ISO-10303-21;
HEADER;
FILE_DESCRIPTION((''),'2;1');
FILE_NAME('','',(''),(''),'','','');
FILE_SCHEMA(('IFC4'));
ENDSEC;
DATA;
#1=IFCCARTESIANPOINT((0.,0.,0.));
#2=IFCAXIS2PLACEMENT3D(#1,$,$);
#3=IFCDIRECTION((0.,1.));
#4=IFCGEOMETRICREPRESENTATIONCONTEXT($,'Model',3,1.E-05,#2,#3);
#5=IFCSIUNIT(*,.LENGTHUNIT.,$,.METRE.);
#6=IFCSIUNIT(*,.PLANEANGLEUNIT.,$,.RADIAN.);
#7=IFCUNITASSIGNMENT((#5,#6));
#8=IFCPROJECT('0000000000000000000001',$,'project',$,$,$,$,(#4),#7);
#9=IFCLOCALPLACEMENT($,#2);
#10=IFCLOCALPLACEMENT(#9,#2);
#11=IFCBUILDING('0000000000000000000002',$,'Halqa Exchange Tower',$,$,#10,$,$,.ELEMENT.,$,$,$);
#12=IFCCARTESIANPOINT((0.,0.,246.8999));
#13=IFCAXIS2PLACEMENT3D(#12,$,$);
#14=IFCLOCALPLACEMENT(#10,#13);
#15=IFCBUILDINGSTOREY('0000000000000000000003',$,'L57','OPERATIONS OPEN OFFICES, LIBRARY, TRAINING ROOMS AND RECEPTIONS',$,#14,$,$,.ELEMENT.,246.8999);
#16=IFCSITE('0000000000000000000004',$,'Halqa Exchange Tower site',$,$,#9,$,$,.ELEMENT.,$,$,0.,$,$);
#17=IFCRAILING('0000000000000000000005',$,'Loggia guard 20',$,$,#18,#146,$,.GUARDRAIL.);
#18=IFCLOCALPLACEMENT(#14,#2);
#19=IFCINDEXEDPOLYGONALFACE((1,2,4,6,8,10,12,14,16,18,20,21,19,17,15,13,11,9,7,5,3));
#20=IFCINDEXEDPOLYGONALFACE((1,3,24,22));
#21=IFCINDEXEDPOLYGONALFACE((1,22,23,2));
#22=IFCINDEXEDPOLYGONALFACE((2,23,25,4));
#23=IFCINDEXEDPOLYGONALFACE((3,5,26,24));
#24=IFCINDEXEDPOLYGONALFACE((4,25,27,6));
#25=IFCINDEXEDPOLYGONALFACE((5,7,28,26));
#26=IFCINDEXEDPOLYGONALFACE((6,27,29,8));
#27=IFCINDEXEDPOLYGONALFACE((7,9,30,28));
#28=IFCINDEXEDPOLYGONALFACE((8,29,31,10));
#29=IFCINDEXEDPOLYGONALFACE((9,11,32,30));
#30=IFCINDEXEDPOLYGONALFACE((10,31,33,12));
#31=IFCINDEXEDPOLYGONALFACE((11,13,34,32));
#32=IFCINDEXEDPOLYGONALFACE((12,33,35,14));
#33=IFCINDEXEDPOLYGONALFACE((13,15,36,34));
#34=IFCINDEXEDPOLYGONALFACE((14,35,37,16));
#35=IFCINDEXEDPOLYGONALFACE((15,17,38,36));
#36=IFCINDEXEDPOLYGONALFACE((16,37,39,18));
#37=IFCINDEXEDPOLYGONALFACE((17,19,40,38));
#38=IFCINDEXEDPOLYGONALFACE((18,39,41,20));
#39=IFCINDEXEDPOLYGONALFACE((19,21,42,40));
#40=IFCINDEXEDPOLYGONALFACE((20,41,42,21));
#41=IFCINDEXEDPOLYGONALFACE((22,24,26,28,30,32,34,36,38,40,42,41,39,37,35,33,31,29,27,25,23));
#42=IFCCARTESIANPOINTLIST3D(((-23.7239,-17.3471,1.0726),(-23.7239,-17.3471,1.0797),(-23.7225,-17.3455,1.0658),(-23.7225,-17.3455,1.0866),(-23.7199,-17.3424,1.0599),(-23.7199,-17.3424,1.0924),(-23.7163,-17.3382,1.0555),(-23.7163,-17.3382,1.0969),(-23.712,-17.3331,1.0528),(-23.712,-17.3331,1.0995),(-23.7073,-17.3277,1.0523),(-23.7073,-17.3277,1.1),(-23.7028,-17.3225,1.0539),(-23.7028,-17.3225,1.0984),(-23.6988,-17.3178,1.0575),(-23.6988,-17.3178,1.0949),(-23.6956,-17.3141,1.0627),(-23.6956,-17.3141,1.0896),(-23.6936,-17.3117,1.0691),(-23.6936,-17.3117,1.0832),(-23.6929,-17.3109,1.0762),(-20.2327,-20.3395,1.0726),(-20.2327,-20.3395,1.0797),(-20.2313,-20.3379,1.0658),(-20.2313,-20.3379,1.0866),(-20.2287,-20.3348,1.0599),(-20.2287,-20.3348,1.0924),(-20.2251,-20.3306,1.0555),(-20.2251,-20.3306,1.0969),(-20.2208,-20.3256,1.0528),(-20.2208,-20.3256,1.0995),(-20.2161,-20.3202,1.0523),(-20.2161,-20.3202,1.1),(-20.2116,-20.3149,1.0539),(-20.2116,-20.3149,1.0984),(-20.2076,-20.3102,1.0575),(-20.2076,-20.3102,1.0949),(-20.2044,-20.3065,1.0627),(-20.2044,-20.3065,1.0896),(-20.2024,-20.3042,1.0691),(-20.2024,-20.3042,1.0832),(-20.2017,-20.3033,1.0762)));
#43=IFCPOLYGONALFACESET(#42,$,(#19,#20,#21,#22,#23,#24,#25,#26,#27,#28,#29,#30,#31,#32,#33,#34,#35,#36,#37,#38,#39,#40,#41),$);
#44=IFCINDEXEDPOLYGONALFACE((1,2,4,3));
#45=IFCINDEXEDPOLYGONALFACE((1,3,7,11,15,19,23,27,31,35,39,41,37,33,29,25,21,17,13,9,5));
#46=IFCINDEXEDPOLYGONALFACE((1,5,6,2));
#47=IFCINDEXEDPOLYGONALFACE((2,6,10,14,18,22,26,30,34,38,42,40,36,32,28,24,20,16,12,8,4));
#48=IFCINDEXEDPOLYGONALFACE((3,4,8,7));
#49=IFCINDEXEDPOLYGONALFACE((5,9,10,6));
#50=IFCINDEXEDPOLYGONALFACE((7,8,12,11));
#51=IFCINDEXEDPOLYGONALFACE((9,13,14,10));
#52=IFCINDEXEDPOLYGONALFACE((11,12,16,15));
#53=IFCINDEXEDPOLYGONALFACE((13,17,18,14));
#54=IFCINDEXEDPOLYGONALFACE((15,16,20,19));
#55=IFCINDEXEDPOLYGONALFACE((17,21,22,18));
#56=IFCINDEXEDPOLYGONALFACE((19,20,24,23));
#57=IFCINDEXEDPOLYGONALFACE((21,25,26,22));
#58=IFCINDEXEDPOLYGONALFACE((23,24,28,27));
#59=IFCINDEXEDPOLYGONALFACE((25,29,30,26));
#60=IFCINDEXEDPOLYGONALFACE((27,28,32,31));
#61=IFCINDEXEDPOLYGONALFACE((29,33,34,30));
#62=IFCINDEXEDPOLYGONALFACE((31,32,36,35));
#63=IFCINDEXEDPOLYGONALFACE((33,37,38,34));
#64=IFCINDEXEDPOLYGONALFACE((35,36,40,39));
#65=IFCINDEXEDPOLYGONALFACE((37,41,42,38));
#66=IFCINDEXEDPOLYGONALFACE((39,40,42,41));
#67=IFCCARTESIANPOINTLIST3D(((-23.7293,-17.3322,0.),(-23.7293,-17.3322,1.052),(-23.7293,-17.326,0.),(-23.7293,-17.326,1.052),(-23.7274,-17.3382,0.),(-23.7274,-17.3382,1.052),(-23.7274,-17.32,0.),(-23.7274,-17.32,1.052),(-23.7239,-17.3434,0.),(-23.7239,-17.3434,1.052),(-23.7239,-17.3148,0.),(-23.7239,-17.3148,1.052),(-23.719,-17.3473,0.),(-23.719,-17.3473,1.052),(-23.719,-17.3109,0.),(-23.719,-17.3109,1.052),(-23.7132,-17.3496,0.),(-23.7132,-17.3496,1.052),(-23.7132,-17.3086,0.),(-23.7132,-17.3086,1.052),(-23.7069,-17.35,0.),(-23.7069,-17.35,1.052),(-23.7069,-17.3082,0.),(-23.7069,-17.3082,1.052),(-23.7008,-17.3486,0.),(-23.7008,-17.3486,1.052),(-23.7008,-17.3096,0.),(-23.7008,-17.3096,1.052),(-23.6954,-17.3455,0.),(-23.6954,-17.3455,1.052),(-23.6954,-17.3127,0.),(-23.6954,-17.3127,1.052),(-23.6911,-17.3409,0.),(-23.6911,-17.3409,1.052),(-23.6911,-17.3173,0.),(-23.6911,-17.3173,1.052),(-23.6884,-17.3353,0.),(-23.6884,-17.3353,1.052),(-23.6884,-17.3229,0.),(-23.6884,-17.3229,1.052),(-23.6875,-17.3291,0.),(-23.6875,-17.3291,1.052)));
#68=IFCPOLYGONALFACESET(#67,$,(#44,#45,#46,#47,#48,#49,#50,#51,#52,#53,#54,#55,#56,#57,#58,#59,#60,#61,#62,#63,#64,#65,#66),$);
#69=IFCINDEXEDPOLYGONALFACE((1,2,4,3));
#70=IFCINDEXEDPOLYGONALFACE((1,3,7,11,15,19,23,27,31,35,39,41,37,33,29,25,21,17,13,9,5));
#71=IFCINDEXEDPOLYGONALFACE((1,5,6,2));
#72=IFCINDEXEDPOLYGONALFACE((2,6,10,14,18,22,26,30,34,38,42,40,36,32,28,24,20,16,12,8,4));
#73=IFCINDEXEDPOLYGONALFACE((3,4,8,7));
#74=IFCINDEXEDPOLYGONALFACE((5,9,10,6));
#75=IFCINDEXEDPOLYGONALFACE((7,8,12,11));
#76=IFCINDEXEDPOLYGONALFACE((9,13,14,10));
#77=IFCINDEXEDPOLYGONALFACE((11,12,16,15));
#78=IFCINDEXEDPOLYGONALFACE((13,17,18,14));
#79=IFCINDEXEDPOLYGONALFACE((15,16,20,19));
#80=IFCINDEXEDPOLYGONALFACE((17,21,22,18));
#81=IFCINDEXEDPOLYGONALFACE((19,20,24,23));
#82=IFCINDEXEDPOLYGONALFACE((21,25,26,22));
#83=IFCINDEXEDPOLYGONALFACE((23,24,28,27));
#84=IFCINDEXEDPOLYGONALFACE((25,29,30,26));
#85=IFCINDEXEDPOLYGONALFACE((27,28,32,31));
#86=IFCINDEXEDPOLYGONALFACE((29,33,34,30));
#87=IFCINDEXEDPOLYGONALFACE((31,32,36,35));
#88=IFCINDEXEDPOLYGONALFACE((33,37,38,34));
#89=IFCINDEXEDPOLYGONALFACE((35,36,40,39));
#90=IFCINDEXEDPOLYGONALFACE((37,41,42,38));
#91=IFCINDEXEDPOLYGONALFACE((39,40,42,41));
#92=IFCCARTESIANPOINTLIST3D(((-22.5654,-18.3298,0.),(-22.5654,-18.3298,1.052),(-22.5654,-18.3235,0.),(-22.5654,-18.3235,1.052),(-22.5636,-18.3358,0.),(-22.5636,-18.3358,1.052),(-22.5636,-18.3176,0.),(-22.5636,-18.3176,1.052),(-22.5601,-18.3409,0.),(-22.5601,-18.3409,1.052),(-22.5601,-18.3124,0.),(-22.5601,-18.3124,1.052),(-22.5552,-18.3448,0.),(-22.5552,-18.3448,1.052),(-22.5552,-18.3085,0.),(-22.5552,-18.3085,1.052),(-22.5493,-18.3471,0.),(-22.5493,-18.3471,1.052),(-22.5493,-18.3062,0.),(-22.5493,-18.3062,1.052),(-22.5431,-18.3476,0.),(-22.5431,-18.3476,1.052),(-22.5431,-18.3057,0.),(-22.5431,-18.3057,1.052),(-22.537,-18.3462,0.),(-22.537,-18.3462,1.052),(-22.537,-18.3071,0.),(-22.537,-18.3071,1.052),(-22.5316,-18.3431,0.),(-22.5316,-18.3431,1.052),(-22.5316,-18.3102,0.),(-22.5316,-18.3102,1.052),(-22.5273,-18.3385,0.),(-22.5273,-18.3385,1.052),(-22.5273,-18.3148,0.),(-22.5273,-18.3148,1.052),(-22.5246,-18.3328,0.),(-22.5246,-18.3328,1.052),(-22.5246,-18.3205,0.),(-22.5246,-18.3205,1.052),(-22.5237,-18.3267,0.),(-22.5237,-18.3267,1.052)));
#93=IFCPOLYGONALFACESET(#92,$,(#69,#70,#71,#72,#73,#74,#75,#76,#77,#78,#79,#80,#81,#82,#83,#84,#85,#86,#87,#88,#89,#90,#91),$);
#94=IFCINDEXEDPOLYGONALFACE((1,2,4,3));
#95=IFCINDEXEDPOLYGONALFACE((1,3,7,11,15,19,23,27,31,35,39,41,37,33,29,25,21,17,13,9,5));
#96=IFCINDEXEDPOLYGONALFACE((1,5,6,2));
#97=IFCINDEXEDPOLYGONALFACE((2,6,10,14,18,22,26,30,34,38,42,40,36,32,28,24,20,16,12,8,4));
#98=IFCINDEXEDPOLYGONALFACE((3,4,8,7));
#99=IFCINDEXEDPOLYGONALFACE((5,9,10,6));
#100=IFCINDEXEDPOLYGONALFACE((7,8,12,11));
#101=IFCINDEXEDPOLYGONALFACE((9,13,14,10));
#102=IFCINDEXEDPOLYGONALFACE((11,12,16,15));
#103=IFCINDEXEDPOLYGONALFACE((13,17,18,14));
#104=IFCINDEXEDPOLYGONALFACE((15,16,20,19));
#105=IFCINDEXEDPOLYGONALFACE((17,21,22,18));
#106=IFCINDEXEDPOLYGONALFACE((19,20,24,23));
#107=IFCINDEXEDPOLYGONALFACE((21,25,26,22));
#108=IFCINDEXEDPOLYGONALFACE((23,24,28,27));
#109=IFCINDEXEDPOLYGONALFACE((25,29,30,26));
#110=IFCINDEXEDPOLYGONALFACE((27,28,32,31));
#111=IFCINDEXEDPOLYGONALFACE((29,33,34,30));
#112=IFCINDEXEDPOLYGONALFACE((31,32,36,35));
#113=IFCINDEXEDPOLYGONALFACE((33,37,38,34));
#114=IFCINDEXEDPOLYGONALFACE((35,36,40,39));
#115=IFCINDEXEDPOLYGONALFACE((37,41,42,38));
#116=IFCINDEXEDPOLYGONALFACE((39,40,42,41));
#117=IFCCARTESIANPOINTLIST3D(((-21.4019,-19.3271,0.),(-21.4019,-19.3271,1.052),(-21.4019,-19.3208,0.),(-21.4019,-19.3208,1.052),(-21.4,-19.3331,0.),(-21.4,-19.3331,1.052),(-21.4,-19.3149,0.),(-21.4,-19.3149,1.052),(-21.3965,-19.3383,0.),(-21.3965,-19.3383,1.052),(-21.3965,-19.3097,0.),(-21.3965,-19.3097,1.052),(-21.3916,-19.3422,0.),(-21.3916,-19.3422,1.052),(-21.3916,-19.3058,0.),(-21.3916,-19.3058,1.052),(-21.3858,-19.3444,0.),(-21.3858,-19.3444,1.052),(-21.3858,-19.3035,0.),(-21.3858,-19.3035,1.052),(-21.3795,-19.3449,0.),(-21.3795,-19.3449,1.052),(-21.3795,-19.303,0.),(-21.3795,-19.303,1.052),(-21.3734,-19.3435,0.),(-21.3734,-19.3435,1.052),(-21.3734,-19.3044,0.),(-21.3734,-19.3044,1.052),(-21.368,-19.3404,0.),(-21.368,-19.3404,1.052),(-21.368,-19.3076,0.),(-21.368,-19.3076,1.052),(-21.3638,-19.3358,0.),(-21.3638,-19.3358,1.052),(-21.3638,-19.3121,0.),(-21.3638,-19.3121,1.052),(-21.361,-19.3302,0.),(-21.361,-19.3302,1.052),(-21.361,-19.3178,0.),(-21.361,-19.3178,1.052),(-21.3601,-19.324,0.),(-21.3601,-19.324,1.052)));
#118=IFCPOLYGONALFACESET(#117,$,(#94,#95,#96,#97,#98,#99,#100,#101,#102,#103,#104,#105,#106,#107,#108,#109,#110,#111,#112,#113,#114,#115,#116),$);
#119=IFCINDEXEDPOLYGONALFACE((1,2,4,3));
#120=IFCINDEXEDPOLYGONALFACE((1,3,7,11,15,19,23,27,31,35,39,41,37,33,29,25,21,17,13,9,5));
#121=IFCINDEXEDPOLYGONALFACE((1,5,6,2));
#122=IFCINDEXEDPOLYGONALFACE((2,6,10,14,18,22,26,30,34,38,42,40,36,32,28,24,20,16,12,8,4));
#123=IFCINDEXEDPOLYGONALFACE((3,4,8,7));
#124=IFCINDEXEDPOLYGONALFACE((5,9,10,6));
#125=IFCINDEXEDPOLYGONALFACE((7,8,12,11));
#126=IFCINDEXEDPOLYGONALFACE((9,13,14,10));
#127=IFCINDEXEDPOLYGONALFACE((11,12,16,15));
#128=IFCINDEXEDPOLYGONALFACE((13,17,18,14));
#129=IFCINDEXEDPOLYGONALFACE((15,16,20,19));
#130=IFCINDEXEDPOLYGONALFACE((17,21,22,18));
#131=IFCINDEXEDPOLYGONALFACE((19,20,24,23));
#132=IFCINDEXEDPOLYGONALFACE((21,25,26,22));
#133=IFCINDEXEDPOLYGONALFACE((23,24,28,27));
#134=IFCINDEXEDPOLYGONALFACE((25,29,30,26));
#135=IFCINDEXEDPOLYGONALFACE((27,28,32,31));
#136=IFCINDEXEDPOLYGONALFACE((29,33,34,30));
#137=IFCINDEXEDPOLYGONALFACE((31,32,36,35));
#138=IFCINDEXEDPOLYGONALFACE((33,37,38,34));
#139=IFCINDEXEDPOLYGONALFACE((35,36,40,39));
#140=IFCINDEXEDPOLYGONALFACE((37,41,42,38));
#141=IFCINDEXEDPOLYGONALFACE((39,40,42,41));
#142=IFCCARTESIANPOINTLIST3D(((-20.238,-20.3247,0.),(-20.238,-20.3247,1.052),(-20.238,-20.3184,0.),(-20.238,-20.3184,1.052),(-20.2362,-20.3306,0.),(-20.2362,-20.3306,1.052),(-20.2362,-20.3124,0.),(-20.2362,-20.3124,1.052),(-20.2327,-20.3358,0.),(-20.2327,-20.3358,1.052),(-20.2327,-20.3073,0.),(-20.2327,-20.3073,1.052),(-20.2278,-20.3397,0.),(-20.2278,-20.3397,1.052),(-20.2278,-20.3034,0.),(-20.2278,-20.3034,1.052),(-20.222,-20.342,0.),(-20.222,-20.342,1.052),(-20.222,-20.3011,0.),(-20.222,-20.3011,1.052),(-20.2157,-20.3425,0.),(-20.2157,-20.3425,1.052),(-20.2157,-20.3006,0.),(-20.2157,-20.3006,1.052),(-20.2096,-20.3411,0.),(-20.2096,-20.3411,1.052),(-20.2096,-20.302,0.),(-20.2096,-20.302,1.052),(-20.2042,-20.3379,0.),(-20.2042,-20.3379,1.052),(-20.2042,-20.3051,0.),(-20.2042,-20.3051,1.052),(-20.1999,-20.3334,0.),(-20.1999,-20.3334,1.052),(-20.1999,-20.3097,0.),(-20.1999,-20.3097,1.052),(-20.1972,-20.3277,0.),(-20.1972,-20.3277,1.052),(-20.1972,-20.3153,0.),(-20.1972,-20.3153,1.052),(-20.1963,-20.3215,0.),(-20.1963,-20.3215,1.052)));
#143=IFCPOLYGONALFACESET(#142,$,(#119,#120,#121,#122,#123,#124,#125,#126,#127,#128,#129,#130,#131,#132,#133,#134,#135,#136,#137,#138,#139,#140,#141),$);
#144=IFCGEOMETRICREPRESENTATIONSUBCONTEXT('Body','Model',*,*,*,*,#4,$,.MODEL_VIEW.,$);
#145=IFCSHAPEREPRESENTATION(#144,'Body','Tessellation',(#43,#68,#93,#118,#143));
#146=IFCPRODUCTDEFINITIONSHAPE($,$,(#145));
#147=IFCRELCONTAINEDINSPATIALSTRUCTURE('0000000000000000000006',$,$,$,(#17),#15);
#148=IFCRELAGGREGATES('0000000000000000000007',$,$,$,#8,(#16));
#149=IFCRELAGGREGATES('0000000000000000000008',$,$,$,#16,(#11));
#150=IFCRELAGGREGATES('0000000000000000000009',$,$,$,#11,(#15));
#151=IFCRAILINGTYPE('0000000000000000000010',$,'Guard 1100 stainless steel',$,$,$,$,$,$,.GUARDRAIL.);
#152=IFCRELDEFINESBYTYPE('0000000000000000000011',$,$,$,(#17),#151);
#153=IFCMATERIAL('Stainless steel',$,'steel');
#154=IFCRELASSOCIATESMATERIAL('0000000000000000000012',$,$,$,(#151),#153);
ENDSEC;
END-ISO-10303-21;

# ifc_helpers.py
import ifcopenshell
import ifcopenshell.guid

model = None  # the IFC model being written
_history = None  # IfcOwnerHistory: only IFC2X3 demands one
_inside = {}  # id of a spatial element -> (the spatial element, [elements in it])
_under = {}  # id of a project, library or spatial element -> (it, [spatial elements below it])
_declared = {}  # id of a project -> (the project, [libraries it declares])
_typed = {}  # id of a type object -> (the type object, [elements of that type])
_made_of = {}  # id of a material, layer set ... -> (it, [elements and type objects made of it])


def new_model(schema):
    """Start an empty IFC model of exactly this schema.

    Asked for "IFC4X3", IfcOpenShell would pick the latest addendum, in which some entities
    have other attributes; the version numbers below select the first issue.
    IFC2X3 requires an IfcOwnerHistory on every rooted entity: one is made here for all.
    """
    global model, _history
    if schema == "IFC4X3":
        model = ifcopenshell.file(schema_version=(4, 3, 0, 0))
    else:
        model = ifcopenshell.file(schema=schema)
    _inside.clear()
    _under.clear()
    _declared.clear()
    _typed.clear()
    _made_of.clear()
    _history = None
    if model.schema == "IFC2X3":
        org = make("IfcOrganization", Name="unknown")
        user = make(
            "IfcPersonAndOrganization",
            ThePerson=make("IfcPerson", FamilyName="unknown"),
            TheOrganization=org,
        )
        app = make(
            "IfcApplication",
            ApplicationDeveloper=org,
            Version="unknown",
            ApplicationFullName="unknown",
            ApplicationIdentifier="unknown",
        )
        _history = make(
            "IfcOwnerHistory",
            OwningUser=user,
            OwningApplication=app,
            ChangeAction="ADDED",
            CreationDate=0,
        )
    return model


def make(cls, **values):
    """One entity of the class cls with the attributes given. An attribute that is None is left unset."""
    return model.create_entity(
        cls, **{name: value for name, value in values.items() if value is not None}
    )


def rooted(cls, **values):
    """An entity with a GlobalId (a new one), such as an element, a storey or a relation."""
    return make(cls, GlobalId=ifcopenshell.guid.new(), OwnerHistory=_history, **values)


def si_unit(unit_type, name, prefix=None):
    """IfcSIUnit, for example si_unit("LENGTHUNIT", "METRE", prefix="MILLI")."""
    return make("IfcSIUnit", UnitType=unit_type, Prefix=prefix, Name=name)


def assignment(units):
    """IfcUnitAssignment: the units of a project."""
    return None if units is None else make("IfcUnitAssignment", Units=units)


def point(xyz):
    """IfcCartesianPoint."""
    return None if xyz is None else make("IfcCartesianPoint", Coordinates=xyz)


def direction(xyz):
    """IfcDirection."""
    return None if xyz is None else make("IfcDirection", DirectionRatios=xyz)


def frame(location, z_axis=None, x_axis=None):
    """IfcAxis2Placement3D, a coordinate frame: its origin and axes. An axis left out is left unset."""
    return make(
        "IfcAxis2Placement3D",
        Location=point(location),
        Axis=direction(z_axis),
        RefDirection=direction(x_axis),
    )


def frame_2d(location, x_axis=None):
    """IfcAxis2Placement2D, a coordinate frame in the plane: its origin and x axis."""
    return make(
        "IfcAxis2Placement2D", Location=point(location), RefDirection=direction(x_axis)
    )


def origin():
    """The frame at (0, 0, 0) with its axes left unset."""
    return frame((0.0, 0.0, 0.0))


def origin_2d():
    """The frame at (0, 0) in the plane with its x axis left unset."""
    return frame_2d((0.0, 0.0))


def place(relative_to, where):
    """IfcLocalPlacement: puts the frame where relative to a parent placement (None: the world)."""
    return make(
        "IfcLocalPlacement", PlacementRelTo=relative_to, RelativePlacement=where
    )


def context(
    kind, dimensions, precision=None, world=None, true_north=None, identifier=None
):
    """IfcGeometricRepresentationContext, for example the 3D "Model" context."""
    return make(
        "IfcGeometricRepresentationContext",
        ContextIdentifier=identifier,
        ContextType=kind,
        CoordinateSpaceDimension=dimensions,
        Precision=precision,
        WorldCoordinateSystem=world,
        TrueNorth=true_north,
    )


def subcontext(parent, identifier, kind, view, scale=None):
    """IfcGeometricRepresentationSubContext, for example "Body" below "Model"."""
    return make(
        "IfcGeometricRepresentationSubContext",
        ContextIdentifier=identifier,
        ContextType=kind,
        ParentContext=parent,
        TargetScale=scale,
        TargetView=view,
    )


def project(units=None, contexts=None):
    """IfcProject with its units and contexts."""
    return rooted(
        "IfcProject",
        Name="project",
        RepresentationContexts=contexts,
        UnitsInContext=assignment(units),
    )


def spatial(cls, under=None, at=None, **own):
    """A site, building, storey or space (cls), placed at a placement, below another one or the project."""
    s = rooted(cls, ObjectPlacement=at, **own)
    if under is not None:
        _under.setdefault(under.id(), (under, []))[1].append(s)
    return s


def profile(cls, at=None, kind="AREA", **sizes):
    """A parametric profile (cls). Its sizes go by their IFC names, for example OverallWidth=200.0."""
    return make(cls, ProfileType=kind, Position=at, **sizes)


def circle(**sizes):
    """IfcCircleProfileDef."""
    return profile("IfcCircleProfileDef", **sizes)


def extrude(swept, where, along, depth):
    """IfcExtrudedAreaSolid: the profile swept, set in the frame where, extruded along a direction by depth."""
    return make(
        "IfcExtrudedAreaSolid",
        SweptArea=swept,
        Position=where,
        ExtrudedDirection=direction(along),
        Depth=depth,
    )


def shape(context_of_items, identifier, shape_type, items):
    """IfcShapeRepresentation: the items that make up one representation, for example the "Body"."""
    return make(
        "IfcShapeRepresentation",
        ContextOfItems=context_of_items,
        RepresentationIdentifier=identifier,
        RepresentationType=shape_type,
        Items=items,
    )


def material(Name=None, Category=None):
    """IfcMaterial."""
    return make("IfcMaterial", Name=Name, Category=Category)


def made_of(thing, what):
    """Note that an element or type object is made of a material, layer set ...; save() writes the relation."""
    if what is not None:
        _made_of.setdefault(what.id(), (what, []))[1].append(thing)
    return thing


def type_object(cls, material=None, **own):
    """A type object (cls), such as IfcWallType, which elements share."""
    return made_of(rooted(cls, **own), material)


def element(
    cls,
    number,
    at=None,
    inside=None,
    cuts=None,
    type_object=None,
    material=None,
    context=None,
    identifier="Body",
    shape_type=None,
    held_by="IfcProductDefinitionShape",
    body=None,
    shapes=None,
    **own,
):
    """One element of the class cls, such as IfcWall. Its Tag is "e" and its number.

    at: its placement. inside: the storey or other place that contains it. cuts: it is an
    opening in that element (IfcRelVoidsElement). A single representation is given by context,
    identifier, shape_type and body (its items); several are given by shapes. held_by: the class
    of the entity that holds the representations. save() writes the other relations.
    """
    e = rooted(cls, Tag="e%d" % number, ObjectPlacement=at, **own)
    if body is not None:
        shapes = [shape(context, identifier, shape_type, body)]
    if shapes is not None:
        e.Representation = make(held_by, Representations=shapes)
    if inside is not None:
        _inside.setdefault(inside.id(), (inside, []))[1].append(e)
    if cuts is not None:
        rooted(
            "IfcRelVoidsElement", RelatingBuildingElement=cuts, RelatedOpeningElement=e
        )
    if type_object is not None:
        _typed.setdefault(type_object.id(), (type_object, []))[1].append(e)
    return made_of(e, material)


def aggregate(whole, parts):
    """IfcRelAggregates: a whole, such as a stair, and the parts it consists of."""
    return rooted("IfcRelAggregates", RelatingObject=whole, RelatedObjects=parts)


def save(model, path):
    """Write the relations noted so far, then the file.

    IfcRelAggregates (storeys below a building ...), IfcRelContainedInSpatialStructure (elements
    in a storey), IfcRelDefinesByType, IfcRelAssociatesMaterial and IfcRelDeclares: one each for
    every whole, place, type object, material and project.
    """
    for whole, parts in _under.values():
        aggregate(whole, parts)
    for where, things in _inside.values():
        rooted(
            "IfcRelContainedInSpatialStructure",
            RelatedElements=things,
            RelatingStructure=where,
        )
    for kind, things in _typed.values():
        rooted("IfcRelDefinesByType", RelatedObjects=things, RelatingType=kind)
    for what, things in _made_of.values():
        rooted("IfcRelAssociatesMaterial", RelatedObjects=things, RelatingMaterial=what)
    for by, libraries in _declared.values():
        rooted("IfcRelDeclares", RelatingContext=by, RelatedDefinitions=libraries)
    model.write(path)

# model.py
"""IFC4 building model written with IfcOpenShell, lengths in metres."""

from ifc_helpers import new_model, si_unit, direction, frame, origin, origin_2d, place, context, subcontext, project, spatial, circle, extrude, material, type_object, element, save


model = new_model("IFC4")

# Units and contexts
model_context = context("Model", 3, precision=1e-05, world=origin(), true_north=direction((0.0, 1.0)))
body_context = subcontext(model_context, "Body", "Model", "MODEL_VIEW")
ifc_project = project(units=[si_unit("LENGTHUNIT", "METRE"), si_unit("PLANEANGLEUNIT", "RADIAN")], contexts=[model_context])

# Site, building, storey
site_placement = place(None, origin())
site = spatial("IfcSite", under=ifc_project, at=site_placement, Name="Halqa Exchange Tower site", CompositionType="ELEMENT", RefElevation=0.0)
building_placement = place(site_placement, origin())
building = spatial("IfcBuilding", under=site, at=building_placement, Name="Halqa Exchange Tower", CompositionType="ELEMENT")
storey_placement = place(building_placement, frame((0.0, 0.0, 246.8999)))
storey = spatial("IfcBuildingStorey", under=building, at=storey_placement, Name="L57", Description="OPERATIONS OPEN OFFICES, LIBRARY, TRAINING ROOMS AND RECEPTIONS", CompositionType="ELEMENT", Elevation=246.8999)

# Railing
ifc_material_1 = material(Name="Stainless steel", Category="steel")
railing_type = type_object("IfcRailingType", Name="Guard 1100 stainless steel", PredefinedType="GUARDRAIL", material=ifc_material_1)
railing_1_placement = place(storey_placement, frame((-23.7085, -17.3291, 0.0)))
element("IfcRailing", 1, at=railing_1_placement, inside=storey, type_object=railing_type, Name="Loggia guard 20", PredefinedType="GUARDRAIL", context=body_context, shape_type="SweptSolid", body=[
    extrude(circle(Radius=0.0239, at=origin_2d()), frame((0.0, 0.0, 1.0762), z_axis=(0.75926, -0.650787, 0.0), x_axis=(0.650787, 0.75926, 0.0)), (0.0, 0.0, 1.0), 4.5981),
    extrude(circle(Radius=0.021, at=origin_2d()), origin(), (0.0, 0.0, 1.0), 1.052),
    extrude(circle(Radius=0.021, at=origin_2d()), frame((1.1638, -0.9976, 0.0)), (0.0, 0.0, 1.0), 1.052),
    extrude(circle(Radius=0.021, at=origin_2d()), frame((2.3274, -1.9949, 0.0)), (0.0, 0.0, 1.0), 1.052),
    extrude(circle(Radius=0.021, at=origin_2d()), frame((3.4912, -2.9924, 0.0)), (0.0, 0.0, 1.0), 1.052),
])

save(model, "model.ifc")
